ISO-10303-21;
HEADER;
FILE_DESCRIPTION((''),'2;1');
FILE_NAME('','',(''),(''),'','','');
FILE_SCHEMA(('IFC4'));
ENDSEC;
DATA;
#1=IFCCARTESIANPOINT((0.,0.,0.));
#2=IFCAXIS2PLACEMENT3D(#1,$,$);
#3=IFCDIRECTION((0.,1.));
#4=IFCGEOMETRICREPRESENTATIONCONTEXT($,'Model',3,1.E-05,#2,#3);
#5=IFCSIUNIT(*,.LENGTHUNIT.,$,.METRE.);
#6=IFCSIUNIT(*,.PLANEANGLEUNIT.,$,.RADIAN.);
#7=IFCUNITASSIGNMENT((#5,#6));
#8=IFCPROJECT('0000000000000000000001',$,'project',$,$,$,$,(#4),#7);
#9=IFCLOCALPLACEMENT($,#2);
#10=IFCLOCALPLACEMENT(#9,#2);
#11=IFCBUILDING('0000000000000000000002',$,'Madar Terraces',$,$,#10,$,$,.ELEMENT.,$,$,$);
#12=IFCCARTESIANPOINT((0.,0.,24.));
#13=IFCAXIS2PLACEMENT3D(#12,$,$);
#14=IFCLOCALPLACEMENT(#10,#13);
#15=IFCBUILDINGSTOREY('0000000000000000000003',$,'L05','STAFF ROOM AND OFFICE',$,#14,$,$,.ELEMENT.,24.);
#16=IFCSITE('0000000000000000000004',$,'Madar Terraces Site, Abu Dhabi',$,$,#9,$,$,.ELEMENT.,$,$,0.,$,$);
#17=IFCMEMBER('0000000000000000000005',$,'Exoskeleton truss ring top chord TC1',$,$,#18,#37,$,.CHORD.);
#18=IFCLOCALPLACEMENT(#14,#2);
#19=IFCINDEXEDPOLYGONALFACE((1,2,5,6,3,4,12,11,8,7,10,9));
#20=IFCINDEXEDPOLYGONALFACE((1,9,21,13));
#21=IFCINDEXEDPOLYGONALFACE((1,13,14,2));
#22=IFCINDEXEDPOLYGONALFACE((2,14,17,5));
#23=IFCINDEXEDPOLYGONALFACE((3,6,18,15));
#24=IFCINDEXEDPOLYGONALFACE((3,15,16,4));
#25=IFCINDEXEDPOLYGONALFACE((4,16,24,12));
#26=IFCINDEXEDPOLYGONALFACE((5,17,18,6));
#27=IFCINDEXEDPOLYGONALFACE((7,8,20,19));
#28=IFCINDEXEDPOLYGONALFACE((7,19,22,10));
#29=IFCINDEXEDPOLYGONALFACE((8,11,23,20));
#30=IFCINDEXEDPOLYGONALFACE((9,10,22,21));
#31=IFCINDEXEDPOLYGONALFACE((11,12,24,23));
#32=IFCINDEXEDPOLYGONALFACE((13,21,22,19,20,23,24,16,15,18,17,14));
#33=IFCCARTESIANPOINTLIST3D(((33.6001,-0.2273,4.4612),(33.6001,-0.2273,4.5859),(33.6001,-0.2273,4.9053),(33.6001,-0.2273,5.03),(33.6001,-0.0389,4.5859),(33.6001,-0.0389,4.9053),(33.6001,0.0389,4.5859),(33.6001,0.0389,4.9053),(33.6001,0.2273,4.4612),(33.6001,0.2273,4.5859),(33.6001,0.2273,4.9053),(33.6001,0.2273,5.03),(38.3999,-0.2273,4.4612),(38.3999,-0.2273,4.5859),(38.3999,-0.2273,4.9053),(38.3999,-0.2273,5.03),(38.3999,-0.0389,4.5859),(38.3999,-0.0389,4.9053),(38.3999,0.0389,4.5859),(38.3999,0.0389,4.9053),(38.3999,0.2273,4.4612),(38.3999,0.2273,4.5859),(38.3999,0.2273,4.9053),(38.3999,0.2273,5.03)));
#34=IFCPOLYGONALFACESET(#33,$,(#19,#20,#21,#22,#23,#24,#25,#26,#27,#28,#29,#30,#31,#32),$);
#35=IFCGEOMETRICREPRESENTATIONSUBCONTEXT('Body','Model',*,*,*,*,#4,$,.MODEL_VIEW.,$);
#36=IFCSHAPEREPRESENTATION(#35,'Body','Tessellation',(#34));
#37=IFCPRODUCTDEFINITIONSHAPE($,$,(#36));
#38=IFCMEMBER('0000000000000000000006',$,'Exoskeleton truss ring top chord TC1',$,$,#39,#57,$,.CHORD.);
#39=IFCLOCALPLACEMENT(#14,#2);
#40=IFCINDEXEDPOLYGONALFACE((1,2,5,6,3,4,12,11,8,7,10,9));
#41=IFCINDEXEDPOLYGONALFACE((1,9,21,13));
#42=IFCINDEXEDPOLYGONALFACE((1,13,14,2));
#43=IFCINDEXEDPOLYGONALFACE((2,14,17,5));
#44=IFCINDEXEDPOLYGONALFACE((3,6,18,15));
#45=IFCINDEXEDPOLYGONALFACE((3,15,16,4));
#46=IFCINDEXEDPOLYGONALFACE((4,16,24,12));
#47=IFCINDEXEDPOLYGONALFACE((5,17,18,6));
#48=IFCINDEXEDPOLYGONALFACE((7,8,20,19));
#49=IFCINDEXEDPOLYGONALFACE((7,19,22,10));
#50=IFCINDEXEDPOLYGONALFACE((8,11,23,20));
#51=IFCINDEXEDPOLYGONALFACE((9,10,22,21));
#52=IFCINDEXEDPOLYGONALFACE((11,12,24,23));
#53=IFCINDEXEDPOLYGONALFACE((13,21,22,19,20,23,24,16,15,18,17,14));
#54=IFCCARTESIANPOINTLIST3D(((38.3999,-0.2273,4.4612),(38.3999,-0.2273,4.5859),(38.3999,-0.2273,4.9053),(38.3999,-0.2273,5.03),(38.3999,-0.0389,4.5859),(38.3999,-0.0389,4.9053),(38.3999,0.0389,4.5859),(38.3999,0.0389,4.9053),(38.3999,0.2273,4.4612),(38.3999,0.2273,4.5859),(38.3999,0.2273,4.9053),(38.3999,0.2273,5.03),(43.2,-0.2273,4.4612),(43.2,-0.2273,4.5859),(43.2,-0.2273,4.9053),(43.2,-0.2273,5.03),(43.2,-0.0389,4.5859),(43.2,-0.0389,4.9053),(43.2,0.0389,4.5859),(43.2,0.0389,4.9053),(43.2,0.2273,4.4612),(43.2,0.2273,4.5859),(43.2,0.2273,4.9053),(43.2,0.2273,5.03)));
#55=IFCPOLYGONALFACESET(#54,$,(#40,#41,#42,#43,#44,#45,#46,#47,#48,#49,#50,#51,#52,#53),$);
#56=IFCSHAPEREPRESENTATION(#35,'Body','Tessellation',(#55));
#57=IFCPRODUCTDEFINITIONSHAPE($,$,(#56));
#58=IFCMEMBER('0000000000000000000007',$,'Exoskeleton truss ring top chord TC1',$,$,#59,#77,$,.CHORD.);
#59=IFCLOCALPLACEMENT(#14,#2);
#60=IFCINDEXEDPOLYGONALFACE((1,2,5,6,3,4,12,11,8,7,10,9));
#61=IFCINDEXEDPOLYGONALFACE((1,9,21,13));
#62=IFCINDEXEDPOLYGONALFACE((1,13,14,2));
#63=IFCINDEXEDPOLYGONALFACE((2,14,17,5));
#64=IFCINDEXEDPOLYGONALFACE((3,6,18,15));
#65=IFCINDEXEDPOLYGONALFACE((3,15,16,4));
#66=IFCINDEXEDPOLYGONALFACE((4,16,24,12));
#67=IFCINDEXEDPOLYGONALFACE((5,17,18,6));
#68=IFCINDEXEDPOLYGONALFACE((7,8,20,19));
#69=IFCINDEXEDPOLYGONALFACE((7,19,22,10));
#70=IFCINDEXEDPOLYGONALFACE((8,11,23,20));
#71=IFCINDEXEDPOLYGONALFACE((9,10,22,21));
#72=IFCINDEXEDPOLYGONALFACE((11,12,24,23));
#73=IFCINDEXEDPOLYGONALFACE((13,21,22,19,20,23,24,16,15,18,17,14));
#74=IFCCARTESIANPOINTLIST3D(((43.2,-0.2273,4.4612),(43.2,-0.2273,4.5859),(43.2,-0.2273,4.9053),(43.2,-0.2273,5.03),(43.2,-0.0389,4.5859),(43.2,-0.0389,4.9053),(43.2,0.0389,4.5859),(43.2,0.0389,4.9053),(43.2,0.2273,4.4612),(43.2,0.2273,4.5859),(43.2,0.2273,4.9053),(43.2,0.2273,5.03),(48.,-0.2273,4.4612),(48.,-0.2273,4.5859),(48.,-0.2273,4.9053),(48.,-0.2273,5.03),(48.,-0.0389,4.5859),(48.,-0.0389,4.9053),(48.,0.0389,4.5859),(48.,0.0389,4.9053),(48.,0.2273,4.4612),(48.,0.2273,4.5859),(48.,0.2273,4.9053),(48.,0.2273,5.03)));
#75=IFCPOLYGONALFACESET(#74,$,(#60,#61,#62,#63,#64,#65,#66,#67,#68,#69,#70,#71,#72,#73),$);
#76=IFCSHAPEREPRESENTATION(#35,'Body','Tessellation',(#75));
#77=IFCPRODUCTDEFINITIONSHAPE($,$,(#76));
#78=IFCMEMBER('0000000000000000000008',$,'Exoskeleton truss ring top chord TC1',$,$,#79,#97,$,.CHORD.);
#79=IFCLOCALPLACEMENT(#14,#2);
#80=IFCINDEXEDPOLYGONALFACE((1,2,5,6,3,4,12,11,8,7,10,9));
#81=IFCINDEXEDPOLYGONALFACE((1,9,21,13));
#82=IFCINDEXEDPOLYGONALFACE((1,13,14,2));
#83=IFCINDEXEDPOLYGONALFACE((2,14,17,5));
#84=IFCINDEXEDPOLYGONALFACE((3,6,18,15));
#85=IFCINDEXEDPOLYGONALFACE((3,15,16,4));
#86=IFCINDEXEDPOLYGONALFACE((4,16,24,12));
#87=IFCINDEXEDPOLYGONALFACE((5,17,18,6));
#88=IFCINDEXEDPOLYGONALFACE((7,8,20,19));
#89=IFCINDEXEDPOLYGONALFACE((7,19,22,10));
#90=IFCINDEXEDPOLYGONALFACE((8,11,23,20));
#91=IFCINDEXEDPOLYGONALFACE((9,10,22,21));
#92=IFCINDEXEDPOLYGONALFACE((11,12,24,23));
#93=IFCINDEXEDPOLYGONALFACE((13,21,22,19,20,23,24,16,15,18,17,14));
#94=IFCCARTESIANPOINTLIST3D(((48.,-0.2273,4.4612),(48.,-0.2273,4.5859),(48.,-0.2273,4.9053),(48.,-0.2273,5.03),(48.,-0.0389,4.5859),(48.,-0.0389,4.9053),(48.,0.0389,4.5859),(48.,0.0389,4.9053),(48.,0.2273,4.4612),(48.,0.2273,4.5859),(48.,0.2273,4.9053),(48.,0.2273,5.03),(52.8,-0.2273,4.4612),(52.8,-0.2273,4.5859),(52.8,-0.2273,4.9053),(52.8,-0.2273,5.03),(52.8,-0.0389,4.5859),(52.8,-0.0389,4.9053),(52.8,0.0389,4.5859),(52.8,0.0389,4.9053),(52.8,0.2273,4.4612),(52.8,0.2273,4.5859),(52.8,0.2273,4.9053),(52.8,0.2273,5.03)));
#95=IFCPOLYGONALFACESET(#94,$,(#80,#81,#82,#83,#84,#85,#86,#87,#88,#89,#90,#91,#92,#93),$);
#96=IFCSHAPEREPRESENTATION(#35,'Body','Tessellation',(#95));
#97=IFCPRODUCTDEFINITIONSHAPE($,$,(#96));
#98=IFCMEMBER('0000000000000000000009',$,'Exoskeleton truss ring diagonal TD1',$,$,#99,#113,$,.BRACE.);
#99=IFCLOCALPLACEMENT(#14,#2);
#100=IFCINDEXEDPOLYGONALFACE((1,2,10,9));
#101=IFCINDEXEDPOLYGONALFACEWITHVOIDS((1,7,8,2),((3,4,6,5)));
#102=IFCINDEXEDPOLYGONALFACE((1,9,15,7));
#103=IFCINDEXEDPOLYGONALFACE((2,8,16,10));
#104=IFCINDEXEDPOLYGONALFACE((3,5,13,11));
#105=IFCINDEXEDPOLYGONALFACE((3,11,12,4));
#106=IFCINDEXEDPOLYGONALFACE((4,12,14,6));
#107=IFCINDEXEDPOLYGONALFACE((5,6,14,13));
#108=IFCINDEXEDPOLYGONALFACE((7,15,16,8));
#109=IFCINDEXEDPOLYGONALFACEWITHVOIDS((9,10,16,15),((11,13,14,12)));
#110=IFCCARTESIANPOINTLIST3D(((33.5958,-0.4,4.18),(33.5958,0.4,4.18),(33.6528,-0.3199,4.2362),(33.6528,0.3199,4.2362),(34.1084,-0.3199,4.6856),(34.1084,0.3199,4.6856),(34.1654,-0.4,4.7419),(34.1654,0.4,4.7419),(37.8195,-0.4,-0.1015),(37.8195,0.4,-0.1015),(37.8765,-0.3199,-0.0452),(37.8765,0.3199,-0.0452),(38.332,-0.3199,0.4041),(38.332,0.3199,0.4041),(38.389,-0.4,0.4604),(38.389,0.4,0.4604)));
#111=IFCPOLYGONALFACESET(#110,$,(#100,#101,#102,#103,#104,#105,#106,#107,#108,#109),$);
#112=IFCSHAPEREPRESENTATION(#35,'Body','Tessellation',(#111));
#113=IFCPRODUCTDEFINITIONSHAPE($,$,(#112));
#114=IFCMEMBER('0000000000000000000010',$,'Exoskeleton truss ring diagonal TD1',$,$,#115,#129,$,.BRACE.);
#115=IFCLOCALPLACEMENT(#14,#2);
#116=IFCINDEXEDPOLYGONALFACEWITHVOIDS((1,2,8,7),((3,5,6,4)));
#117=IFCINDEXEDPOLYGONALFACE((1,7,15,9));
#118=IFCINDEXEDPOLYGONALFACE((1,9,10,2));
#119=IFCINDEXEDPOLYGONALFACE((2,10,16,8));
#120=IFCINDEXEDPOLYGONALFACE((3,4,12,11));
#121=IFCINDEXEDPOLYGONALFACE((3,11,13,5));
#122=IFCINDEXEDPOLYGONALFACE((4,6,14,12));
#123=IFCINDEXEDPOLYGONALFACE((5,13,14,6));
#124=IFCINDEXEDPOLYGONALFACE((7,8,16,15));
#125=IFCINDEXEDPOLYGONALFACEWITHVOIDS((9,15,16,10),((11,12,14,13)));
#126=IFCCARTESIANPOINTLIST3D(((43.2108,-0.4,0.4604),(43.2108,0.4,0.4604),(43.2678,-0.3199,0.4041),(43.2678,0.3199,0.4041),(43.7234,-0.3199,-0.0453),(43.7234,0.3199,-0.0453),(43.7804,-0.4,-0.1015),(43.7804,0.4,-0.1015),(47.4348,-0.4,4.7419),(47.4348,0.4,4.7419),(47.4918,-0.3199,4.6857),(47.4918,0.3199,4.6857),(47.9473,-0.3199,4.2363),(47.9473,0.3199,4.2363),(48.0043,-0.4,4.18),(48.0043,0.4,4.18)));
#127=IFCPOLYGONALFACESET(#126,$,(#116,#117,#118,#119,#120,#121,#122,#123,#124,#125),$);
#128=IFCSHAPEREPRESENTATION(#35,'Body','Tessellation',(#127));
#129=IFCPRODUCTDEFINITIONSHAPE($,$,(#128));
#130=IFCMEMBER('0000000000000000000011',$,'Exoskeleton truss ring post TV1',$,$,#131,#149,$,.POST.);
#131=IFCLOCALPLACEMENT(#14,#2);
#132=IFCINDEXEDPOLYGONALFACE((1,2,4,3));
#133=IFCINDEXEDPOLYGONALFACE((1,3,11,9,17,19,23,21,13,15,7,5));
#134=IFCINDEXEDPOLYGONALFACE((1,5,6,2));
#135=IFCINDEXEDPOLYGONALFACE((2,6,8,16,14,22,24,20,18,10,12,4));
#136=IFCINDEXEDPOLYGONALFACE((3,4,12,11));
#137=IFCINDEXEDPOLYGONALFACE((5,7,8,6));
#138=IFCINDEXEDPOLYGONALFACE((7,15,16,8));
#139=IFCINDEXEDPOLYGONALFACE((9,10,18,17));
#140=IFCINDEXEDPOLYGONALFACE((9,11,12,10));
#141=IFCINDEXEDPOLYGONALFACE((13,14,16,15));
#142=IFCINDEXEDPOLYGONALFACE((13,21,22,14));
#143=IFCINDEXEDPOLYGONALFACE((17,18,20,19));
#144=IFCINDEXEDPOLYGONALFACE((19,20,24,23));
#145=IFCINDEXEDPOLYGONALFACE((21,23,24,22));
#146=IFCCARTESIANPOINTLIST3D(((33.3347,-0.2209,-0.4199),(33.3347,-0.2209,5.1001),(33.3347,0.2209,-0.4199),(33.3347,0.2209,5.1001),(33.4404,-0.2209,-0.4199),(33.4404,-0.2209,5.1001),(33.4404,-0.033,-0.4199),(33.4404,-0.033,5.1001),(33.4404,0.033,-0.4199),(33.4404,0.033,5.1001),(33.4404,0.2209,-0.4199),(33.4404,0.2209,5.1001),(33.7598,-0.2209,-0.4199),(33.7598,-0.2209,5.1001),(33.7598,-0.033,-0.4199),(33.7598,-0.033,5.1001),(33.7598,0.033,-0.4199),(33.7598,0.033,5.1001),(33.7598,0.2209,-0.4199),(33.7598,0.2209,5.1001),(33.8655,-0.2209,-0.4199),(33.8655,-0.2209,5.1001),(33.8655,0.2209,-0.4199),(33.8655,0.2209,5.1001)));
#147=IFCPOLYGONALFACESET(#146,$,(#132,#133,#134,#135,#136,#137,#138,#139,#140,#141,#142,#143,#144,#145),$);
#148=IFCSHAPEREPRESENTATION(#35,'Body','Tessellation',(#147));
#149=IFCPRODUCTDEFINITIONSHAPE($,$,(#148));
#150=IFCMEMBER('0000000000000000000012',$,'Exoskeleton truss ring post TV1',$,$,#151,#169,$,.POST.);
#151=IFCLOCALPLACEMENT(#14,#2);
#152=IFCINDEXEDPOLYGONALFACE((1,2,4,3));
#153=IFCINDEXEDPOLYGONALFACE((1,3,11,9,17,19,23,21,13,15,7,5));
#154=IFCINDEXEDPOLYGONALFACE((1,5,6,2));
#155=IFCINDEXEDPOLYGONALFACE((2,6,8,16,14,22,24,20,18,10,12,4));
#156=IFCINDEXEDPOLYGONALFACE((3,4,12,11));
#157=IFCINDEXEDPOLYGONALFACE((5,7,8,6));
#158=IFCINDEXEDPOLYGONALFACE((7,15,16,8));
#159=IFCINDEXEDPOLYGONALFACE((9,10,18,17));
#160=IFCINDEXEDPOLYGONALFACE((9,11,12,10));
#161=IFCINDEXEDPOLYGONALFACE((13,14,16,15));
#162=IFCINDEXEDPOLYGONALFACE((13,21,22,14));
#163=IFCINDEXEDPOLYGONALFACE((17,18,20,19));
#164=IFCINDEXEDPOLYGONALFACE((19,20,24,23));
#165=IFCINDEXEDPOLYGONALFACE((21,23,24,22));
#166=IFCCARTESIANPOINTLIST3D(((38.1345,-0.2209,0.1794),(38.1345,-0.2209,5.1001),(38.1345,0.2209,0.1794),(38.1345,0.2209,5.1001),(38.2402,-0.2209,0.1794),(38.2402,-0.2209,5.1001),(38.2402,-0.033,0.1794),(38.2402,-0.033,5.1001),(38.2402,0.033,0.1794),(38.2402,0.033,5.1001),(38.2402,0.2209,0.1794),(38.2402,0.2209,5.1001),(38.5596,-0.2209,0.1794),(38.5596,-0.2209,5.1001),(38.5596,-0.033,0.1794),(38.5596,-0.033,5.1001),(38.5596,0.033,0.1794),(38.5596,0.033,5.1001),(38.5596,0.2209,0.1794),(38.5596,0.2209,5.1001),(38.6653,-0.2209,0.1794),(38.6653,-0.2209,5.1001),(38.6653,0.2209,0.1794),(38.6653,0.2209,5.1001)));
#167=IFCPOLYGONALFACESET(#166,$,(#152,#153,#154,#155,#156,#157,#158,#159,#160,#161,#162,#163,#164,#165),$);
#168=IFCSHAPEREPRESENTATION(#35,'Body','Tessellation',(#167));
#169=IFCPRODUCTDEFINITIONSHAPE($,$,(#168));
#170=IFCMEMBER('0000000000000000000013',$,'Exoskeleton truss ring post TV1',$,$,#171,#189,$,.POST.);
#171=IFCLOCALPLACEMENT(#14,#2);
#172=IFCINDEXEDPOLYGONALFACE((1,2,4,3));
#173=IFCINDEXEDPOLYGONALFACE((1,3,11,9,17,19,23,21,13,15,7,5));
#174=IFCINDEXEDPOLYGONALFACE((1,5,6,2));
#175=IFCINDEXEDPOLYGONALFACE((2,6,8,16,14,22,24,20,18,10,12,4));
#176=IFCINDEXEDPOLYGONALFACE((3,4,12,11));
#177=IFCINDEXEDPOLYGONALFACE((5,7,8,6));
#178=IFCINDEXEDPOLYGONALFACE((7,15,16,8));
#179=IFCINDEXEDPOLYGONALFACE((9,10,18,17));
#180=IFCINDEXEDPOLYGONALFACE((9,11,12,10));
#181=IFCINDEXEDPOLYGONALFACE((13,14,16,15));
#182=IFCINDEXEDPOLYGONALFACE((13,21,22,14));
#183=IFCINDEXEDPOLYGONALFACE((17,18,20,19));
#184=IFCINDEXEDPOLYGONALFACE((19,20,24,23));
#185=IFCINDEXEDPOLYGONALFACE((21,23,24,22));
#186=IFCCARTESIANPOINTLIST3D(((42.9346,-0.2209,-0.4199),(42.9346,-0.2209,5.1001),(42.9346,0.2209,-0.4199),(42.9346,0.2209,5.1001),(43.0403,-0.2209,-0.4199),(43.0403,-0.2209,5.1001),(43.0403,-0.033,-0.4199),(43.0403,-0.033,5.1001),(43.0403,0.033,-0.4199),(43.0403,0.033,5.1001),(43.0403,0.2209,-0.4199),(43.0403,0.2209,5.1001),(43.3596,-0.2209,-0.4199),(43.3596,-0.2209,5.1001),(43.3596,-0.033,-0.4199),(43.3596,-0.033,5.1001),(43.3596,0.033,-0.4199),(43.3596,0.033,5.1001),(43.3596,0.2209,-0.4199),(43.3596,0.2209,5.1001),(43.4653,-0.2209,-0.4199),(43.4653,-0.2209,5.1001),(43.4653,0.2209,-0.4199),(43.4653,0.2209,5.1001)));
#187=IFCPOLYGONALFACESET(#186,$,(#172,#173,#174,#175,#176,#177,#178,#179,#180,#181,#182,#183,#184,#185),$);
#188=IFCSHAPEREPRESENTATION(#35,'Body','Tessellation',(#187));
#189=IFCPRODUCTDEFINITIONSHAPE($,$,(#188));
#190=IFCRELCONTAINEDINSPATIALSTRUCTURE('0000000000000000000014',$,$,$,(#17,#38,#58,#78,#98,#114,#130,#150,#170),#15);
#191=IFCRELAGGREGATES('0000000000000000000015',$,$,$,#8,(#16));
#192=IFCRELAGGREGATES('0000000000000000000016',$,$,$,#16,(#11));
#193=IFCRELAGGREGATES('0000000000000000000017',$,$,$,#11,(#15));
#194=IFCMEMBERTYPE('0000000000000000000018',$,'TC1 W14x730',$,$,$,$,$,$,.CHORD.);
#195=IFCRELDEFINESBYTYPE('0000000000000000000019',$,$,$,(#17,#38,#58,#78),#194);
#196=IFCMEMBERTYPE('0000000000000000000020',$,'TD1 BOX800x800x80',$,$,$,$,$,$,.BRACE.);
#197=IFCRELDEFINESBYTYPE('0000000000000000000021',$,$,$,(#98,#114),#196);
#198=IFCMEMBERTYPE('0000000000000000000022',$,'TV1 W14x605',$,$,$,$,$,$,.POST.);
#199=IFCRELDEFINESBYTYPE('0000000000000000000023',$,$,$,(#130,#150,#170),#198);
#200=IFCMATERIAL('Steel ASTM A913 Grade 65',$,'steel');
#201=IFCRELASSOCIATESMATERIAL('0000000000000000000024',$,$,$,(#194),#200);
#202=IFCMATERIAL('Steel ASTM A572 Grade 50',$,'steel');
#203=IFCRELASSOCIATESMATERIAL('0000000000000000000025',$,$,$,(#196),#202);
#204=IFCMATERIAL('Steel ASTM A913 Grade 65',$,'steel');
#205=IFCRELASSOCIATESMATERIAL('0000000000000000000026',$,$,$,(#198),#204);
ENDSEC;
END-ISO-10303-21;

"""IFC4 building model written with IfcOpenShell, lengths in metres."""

from ifc_helpers import new_model, si_unit, direction, frame, origin, origin_2d, place, context, subcontext, project, spatial, hollow_rectangle, i_section, extrude, material, material_profile, profile_set, type_object, element, save


model = new_model("IFC4")

# Units and contexts
model_context = context("Model", 3, precision=1e-05, world=origin(), true_north=direction((0.0, 1.0)))
body_context = subcontext(model_context, "Body", "Model", "MODEL_VIEW")
ifc_project = project(units=[si_unit("LENGTHUNIT", "METRE"), si_unit("PLANEANGLEUNIT", "RADIAN")], contexts=[model_context])

# Site, building, storey
site_placement = place(None, origin())
site = spatial("IfcSite", under=ifc_project, at=site_placement, Name="Madar Terraces Site, Abu Dhabi", CompositionType="ELEMENT", RefElevation=0.0)
building_placement = place(site_placement, origin())
building = spatial("IfcBuilding", under=site, at=building_placement, Name="Madar Terraces", CompositionType="ELEMENT")
storey_placement = place(building_placement, frame((0.0, 0.0, 24.0)))
storey = spatial("IfcBuildingStorey", under=building, at=storey_placement, Name="L05", Description="STAFF ROOM AND OFFICE", CompositionType="ELEMENT", Elevation=24.0)

# Members
ifc_material_1 = material(Name="Steel ASTM A913 Grade 65", Category="steel")
ifc_material_profile_1 = material_profile(ifc_material_1, i_section(OverallWidth=0.4546, OverallDepth=0.5688, WebThickness=0.0779, FlangeThickness=0.1248, at=origin_2d()), Name="W14x730")
ifc_profile_set_1 = profile_set([ifc_material_profile_1], Name="Steel ASTM A913 Grade 65")
member_type_1 = type_object("IfcMemberType", Name="TC1 W14x730", PredefinedType="CHORD", material=ifc_profile_set_1)
member_1_placement = place(storey_placement, frame((33.6001, 0.0, 4.7456), z_axis=(1.0, 0.0, 0.0), x_axis=(0.0, 1.0, 0.0)))
element("IfcMember", 1, at=member_1_placement, inside=storey, type_object=member_type_1, Name="Exoskeleton truss ring top chord TC1", PredefinedType="CHORD", context=body_context, shape_type="SweptSolid", body=[
    extrude(i_section(OverallWidth=0.4546, OverallDepth=0.5688, WebThickness=0.0779, FlangeThickness=0.1248, at=origin_2d()), origin(), (0.0, 0.0, 1.0), 4.7998),
])
for number, where, z_axis, x_axis, name in (
    (2, (38.3999, 0.0, 4.7456), (1.0, 0.0, 0.0), (0.0, 1.0, 0.0), "Exoskeleton truss ring top chord TC1"),
    (3, (43.2, 0.0, 4.7456), (1.0, 0.0, 0.0), (0.0, 1.0, 0.0), "Exoskeleton truss ring top chord TC1"),
    (4, (48.0, 0.0, 4.7456), (1.0, 0.0, 0.0), (0.0, 1.0, 0.0), "Exoskeleton truss ring top chord TC1"),
):
    element("IfcMember", number, at=place(storey_placement, frame(where, z_axis=z_axis, x_axis=x_axis)), inside=storey, type_object=member_type_1, Name=name, PredefinedType="CHORD", context=body_context, shape_type="SweptSolid", body=[
        extrude(i_section(OverallWidth=0.4546, OverallDepth=0.5688, WebThickness=0.0779, FlangeThickness=0.1248, at=origin_2d()), origin(), (0.0, 0.0, 1.0), 4.8),
    ])
ifc_material_2 = material(Name="Steel ASTM A572 Grade 50", Category="steel")
ifc_material_profile_2 = material_profile(ifc_material_2, hollow_rectangle(XDim=0.8, YDim=0.8, WallThickness=0.0801, at=origin_2d()), Name="BOX800x800x80")
ifc_profile_set_2 = profile_set([ifc_material_profile_2], Name="Steel ASTM A572 Grade 50")
member_type_2 = type_object("IfcMemberType", Name="TD1 BOX800x800x80", PredefinedType="BRACE", material=ifc_profile_set_2)
member_2_placement = place(storey_placement, frame((33.8806, 0.0, 4.4609), z_axis=(0.70228, 0.0, -0.711901), x_axis=(0.0, 1.0, 0.0)))
element("IfcMember", 5, at=member_2_placement, inside=storey, type_object=member_type_2, Name="Exoskeleton truss ring diagonal TD1", PredefinedType="BRACE", context=body_context, shape_type="SweptSolid", body=[
    extrude(hollow_rectangle(XDim=0.8, YDim=0.8, WallThickness=0.0801, at=origin_2d()), origin(), (0.0, 0.0, 1.0), 6.0142),
])
member_3_placement = place(storey_placement, frame((43.4956, 0.0, 0.1794), z_axis=(0.702301, 0.0, 0.711881), x_axis=(0.0, 1.0, 0.0)))
element("IfcMember", 6, at=member_3_placement, inside=storey, type_object=member_type_2, Name="Exoskeleton truss ring diagonal TD1", PredefinedType="BRACE", context=body_context, shape_type="SweptSolid", body=[
    extrude(hollow_rectangle(XDim=0.8, YDim=0.8, WallThickness=0.0801, at=origin_2d()), origin(), (0.0, 0.0, 1.0), 6.0144),
])
ifc_material_3 = material(Name="Steel ASTM A913 Grade 65", Category="steel")
ifc_material_profile_3 = material_profile(ifc_material_3, i_section(OverallWidth=0.4419, OverallDepth=0.5308, WebThickness=0.0659, FlangeThickness=0.1057, at=origin_2d()), Name="W14x605")
ifc_profile_set_3 = profile_set([ifc_material_profile_3], Name="Steel ASTM A913 Grade 65")
member_type_3 = type_object("IfcMemberType", Name="TV1 W14x605", PredefinedType="POST", material=ifc_profile_set_3)
member_4_placement = place(storey_placement, frame((33.6001, 0.0, -0.4199), z_axis=(0.0, 0.0, 1.0), x_axis=(0.0, 1.0, 0.0)))
element("IfcMember", 7, at=member_4_placement, inside=storey, type_object=member_type_3, Name="Exoskeleton truss ring post TV1", PredefinedType="POST", context=body_context, shape_type="SweptSolid", body=[
    extrude(i_section(OverallWidth=0.4419, OverallDepth=0.5308, WebThickness=0.0659, FlangeThickness=0.1057, at=origin_2d()), origin(), (0.0, 0.0, 1.0), 5.52),
])
member_5_placement = place(storey_placement, frame((38.3999, 0.0, 0.1794), z_axis=(0.0, 0.0, 1.0), x_axis=(0.0, 1.0, 0.0)))
element("IfcMember", 8, at=member_5_placement, inside=storey, type_object=member_type_3, Name="Exoskeleton truss ring post TV1", PredefinedType="POST", context=body_context, shape_type="SweptSolid", body=[
    extrude(i_section(OverallWidth=0.4419, OverallDepth=0.5308, WebThickness=0.0659, FlangeThickness=0.1057, at=origin_2d()), origin(), (0.0, 0.0, 1.0), 4.9207),
])
member_6_placement = place(storey_placement, frame((43.2, 0.0, -0.4199), z_axis=(0.0, 0.0, 1.0), x_axis=(0.0, 1.0, 0.0)))
element("IfcMember", 9, at=member_6_placement, inside=storey, type_object=member_type_3, Name="Exoskeleton truss ring post TV1", PredefinedType="POST", context=body_context, shape_type="SweptSolid", body=[
    extrude(i_section(OverallWidth=0.4419, OverallDepth=0.5308, WebThickness=0.0659, FlangeThickness=0.1057, at=origin_2d()), origin(), (0.0, 0.0, 1.0), 5.52),
])

save(model, "model.ifc")
